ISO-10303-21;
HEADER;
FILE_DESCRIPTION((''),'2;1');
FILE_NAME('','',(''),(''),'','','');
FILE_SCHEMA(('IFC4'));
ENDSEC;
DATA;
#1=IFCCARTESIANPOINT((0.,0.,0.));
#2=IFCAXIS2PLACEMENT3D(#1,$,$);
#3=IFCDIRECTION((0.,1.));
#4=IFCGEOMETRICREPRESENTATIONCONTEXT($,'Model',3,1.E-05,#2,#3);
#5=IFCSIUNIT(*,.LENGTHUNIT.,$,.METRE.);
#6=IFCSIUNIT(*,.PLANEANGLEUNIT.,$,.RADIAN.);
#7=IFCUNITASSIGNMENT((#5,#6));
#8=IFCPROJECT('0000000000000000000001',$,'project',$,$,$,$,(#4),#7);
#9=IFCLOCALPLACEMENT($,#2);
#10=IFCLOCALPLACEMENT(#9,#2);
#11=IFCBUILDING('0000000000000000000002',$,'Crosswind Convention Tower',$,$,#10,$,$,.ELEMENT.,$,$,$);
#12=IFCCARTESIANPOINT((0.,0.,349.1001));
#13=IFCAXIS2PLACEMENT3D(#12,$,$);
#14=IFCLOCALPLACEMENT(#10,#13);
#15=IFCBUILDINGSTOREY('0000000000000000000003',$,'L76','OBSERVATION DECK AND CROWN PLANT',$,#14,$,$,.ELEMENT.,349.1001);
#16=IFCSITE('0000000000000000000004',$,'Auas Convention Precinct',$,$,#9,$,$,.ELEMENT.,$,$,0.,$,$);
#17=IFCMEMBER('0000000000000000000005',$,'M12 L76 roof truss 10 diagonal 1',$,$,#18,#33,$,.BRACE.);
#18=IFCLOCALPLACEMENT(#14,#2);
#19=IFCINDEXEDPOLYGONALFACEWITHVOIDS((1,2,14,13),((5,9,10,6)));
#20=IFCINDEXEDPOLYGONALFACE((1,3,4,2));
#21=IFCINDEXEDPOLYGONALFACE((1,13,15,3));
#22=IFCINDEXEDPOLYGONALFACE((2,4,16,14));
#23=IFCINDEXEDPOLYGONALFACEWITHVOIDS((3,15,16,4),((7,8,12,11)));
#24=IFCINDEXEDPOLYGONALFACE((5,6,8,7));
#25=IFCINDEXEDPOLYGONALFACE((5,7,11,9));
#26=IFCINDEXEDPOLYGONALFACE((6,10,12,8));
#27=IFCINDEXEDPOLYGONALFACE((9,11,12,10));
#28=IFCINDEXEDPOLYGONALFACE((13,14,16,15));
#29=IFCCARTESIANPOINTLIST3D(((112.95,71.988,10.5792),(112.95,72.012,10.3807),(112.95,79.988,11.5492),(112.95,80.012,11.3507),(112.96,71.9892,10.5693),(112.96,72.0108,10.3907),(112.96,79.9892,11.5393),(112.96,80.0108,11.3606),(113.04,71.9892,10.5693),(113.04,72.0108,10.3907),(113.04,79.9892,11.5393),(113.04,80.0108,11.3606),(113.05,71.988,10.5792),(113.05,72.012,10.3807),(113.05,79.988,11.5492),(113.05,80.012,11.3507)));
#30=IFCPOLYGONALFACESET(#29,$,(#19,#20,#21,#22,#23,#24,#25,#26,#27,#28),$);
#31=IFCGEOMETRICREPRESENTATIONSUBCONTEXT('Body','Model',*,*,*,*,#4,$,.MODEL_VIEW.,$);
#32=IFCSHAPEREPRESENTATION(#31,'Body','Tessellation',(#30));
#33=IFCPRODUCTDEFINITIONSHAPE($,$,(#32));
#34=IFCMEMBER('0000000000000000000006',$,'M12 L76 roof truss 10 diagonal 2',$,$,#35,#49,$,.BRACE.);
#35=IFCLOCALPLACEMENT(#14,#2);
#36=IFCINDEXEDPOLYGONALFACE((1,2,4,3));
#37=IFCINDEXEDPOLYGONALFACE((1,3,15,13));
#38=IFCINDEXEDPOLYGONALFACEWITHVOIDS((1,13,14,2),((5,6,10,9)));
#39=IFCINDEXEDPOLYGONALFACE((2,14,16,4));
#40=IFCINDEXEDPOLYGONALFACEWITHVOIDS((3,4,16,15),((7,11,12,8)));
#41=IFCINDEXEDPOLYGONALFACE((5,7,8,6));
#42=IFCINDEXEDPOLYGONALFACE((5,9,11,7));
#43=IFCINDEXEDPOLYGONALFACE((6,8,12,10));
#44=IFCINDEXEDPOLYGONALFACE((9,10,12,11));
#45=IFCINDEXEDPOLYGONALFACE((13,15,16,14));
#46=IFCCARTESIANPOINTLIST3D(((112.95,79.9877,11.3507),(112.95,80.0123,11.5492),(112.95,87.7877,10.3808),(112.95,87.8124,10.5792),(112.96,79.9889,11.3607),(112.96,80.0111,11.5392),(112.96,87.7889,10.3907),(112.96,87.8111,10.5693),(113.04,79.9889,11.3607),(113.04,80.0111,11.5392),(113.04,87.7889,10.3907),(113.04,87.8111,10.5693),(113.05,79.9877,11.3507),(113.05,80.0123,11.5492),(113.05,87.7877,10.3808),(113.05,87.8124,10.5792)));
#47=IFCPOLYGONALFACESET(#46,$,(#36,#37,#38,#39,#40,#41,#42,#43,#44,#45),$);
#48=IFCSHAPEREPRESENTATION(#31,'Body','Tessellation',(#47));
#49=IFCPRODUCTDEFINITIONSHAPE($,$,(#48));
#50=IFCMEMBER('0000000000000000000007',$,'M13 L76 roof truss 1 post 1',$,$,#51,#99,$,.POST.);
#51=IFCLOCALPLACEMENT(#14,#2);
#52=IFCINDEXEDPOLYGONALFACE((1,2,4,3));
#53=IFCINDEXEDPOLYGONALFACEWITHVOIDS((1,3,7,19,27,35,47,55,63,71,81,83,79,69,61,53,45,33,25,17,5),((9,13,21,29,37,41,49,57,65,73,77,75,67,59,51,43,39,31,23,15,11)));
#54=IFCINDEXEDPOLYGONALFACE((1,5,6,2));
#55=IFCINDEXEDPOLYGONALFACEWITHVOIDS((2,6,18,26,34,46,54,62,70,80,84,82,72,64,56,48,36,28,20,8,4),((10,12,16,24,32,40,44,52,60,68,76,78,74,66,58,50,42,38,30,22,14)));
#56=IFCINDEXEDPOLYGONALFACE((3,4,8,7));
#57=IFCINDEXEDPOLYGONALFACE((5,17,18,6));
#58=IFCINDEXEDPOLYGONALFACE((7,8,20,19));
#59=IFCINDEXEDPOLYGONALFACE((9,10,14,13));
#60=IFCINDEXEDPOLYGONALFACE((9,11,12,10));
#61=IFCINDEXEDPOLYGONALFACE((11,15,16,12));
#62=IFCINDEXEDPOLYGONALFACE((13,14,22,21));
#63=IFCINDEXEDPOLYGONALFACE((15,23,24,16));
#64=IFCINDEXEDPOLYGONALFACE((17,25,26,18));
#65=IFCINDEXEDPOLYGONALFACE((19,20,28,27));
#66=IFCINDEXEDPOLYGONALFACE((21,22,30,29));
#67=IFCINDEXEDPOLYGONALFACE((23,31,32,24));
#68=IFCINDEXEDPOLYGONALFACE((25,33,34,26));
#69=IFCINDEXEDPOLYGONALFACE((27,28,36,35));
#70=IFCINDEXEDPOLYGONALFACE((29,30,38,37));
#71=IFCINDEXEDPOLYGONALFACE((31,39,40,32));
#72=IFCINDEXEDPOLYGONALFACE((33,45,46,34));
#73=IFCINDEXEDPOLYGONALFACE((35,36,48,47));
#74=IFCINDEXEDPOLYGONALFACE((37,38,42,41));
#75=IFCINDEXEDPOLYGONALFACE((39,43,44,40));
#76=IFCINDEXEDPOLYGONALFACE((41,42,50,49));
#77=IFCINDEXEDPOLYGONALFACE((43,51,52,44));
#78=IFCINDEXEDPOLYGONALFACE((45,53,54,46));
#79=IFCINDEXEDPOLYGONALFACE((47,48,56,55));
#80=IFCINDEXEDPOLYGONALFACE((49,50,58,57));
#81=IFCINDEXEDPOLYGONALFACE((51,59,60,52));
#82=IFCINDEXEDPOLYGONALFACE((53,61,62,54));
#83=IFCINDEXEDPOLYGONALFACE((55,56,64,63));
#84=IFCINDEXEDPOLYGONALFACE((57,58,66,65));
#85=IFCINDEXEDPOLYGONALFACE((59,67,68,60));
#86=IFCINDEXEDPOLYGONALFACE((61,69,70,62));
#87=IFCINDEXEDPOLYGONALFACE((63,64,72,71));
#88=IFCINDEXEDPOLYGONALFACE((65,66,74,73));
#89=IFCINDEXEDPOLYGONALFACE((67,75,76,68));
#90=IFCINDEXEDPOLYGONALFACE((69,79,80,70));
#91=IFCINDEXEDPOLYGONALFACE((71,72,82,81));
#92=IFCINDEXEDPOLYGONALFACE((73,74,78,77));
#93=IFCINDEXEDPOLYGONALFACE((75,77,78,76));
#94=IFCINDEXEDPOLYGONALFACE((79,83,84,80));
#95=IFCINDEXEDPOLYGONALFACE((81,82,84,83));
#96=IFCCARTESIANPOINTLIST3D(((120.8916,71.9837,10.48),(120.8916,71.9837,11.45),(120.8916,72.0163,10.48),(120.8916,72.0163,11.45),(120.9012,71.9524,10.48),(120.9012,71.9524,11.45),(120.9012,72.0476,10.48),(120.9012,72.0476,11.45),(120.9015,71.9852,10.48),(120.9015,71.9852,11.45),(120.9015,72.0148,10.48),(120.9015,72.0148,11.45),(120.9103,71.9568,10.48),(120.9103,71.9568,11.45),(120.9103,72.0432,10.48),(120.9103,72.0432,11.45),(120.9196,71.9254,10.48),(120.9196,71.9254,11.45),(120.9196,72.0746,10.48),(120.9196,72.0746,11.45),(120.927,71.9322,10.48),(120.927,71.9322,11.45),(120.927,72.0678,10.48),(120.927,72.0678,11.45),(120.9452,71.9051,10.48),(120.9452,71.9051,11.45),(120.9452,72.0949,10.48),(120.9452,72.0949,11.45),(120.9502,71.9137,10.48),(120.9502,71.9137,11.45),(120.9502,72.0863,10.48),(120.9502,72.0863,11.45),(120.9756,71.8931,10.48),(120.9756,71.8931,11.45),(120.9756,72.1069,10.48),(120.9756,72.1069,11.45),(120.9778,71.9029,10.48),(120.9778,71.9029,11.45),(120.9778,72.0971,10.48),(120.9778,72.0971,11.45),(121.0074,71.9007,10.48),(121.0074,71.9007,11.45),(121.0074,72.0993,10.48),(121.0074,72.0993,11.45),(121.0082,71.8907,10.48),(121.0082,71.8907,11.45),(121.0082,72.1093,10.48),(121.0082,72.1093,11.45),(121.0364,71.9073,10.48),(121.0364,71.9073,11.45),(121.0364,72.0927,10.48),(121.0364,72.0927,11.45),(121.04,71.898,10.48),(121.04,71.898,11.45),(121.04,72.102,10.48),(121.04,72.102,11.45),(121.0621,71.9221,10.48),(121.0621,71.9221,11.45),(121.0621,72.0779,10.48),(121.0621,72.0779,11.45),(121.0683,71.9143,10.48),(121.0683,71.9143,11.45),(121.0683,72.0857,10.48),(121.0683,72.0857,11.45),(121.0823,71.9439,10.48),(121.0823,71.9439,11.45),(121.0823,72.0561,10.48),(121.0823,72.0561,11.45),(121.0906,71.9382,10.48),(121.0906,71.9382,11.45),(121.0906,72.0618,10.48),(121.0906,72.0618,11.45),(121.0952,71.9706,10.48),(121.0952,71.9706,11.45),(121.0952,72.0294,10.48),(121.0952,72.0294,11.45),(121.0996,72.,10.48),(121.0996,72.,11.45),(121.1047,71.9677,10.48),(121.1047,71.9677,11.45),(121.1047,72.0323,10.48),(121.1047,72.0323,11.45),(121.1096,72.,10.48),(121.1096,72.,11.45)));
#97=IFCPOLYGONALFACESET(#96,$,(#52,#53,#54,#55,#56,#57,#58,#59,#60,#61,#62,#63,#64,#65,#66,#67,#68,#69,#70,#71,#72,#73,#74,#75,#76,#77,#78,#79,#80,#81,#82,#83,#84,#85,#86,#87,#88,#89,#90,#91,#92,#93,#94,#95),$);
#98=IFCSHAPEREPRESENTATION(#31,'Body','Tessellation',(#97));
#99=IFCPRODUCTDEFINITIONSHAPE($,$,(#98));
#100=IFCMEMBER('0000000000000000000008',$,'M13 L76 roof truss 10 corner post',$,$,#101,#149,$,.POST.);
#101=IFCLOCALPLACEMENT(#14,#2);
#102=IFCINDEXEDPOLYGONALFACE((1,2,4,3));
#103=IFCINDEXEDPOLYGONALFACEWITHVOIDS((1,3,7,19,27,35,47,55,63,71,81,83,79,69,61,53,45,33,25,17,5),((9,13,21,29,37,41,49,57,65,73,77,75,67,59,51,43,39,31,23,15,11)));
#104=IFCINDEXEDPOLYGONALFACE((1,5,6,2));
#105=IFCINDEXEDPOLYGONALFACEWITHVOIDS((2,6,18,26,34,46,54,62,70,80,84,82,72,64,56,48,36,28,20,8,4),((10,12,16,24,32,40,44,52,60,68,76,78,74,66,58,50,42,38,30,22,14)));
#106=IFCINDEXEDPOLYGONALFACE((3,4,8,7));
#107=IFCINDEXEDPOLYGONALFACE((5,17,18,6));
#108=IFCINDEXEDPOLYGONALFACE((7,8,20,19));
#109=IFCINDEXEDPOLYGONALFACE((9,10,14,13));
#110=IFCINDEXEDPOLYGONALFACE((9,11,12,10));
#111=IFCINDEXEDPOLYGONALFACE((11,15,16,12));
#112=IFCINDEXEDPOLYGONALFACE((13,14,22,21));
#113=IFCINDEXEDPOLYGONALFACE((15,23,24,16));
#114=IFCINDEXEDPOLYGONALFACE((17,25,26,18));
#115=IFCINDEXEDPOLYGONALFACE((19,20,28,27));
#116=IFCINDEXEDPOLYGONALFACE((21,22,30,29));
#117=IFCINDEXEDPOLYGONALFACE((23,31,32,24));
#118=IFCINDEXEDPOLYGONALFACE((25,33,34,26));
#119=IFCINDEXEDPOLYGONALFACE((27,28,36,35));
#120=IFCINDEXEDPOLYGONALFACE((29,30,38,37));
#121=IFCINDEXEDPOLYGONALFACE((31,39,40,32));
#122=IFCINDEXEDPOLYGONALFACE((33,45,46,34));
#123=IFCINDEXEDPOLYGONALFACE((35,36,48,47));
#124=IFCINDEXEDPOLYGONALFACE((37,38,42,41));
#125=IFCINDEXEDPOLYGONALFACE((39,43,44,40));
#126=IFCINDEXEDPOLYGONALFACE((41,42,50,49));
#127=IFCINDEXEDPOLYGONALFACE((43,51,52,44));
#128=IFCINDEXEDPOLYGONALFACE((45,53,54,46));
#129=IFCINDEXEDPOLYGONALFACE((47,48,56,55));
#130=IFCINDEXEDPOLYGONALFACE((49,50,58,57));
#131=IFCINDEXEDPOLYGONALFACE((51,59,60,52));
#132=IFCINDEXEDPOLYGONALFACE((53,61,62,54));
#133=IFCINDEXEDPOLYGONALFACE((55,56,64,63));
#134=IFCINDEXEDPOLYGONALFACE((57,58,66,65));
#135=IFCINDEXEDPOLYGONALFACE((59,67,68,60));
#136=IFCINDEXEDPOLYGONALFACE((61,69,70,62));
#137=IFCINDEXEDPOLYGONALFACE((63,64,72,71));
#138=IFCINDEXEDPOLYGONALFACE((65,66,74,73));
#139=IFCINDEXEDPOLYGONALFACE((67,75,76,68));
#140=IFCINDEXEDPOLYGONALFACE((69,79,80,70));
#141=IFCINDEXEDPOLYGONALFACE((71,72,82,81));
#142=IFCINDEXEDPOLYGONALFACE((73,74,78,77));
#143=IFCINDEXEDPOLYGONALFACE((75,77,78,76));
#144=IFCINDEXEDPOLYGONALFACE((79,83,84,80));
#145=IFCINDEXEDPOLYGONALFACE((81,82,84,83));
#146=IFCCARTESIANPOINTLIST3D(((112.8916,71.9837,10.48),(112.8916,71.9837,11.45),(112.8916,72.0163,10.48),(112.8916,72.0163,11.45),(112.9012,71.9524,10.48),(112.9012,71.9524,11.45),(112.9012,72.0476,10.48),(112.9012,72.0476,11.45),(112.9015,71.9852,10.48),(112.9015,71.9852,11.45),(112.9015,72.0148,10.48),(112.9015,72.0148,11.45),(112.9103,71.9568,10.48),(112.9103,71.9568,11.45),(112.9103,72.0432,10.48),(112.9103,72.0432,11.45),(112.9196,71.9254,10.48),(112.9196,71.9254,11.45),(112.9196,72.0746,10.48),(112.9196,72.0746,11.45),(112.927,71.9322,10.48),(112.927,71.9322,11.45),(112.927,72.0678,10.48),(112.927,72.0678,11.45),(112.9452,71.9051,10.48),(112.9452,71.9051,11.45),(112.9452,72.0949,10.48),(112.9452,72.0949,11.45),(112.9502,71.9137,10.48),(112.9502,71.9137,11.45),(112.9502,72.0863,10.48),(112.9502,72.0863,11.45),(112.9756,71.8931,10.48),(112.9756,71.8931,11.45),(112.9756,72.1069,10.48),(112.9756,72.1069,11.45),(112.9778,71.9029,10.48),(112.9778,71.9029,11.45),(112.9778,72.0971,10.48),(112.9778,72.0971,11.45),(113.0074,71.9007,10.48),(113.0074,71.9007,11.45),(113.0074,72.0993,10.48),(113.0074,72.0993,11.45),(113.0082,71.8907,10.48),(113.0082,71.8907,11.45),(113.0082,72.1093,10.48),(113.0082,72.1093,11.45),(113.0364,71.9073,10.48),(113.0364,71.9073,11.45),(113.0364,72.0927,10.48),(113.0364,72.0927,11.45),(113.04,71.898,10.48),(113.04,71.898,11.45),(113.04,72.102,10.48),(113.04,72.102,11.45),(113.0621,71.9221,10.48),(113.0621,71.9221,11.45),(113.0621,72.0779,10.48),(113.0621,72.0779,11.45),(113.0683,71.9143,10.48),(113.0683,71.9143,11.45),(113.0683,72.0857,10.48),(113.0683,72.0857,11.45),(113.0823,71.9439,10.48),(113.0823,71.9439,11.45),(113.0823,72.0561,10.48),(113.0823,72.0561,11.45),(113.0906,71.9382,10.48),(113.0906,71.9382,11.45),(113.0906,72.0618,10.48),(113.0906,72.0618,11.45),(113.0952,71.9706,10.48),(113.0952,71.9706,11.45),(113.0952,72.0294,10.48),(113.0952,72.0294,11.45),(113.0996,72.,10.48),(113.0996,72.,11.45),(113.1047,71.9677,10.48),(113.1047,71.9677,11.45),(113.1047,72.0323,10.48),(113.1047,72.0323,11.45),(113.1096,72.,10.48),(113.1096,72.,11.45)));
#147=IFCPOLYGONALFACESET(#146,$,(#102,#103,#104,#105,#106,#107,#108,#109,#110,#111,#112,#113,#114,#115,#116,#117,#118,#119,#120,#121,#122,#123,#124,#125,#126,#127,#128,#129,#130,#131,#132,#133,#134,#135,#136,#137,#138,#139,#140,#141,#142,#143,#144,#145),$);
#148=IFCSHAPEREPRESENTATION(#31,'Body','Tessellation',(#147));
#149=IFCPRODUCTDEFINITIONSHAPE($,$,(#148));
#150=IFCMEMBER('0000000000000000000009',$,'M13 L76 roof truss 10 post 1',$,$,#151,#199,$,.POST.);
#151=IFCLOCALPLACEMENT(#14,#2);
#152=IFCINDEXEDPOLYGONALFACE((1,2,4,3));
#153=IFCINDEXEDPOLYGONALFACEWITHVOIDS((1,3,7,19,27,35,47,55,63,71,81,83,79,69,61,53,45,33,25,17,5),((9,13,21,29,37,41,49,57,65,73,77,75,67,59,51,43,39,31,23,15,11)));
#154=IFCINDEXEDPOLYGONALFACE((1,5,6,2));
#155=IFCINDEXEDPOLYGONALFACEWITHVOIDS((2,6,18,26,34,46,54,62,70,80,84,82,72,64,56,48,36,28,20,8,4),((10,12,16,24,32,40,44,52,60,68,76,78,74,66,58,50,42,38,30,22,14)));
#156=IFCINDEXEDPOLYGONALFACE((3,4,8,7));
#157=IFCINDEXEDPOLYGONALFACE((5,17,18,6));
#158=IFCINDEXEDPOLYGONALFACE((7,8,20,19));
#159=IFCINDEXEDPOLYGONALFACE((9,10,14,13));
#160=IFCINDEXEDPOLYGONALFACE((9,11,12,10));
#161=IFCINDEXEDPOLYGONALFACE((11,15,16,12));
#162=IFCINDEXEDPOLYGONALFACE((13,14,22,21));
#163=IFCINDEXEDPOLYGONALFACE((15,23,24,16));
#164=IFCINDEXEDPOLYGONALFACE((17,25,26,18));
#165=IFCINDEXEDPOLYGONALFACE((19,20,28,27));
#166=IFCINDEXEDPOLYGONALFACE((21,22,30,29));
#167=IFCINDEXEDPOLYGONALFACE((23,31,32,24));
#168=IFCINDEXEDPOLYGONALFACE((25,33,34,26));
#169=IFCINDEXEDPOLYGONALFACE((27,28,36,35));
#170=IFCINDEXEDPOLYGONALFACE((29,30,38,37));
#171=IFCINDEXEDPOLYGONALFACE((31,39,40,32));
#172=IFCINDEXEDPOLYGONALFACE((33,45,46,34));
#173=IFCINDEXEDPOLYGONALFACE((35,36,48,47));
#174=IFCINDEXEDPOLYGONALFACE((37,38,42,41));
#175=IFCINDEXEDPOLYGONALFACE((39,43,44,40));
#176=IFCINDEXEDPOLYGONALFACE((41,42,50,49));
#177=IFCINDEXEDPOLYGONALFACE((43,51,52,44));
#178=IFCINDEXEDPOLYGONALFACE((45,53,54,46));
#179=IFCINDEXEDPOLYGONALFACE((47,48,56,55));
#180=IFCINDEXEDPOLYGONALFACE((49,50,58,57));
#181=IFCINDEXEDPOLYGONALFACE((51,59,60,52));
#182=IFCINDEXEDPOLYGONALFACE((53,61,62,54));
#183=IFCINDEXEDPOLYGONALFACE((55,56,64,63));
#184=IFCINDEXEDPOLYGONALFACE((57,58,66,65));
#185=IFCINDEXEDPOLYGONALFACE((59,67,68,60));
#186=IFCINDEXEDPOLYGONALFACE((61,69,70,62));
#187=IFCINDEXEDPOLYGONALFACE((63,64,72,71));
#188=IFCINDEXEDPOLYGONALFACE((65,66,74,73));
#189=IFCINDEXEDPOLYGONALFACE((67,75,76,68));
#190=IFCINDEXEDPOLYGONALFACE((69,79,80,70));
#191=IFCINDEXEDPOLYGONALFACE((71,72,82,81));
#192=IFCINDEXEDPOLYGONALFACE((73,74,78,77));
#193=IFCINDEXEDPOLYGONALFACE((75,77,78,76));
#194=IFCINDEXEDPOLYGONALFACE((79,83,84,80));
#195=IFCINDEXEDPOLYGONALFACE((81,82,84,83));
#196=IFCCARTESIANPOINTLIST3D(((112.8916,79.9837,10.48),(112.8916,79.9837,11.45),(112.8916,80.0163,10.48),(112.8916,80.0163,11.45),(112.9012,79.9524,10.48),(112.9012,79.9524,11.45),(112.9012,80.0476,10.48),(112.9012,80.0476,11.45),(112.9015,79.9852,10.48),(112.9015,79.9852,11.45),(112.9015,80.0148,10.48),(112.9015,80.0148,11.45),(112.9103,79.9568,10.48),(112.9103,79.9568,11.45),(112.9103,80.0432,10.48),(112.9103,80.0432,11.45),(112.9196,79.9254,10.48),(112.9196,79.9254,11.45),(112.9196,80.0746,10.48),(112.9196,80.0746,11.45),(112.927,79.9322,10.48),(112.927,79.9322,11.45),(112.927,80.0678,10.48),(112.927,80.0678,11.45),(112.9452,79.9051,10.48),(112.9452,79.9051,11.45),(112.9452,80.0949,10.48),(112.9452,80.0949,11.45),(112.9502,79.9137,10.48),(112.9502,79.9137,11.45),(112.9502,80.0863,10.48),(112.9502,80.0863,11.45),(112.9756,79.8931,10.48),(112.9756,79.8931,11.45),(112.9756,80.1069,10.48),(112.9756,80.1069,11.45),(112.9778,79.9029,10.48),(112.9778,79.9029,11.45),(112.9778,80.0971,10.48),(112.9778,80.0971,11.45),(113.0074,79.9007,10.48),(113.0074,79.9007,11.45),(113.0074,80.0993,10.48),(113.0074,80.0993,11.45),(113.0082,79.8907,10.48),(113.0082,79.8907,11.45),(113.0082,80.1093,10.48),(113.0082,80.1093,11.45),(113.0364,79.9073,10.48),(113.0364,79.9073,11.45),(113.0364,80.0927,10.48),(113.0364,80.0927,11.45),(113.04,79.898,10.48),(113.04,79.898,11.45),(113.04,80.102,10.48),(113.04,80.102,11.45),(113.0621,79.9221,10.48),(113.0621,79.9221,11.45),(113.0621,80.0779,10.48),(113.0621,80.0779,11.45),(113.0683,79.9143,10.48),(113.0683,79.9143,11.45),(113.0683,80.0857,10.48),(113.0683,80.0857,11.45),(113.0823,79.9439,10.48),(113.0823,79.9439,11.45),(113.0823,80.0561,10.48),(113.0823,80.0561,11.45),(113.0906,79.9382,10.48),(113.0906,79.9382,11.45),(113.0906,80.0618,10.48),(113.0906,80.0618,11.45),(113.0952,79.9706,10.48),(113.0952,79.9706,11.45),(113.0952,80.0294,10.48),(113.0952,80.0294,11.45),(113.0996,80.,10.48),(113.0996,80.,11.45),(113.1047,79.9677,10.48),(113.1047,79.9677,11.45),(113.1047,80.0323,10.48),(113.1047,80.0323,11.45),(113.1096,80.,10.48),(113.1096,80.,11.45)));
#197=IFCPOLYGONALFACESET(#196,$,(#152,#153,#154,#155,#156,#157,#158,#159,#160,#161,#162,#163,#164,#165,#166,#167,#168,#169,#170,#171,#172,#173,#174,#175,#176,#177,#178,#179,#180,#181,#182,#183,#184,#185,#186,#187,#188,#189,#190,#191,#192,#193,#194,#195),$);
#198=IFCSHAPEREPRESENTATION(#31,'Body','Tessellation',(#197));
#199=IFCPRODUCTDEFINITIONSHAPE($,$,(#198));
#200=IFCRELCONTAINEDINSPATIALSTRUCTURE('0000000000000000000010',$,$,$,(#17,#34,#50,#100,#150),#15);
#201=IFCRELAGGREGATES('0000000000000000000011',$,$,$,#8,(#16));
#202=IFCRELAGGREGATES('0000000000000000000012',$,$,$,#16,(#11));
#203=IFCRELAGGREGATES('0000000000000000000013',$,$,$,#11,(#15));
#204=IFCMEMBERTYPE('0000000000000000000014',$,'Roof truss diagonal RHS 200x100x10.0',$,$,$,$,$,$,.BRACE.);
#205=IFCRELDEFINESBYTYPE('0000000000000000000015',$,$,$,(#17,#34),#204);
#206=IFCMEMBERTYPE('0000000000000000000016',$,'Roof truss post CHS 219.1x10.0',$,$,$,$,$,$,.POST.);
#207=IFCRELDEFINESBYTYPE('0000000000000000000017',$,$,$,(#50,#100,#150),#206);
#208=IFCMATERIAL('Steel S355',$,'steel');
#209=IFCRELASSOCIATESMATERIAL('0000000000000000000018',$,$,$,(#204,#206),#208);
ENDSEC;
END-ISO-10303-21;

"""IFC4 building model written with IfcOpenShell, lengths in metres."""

from ifc_helpers import new_model, si_unit, direction, frame, origin, origin_2d, place, context, subcontext, project, spatial, hollow_rectangle, hollow_circle, extrude, material, material_profile, profile_set, type_object, element, save


model = new_model("IFC4")

# Units and contexts
model_context = context("Model", 3, precision=1e-05, world=origin(), true_north=direction((0.0, 1.0)))
body_context = subcontext(model_context, "Body", "Model", "MODEL_VIEW")
ifc_project = project(units=[si_unit("LENGTHUNIT", "METRE"), si_unit("PLANEANGLEUNIT", "RADIAN")], contexts=[model_context])

# Site, building, storey
site_placement = place(None, origin())
site = spatial("IfcSite", under=ifc_project, at=site_placement, Name="Auas Convention Precinct", CompositionType="ELEMENT", RefElevation=0.0)
building_placement = place(site_placement, origin())
building = spatial("IfcBuilding", under=site, at=building_placement, Name="Crosswind Convention Tower", CompositionType="ELEMENT")
storey_placement = place(building_placement, frame((0.0, 0.0, 349.1001)))
storey = spatial("IfcBuildingStorey", under=building, at=storey_placement, Name="L76", Description="OBSERVATION DECK AND CROWN PLANT", CompositionType="ELEMENT", Elevation=349.1001)

# Shared definitions
ifc_material_1 = material(Name="Steel S355", Category="steel")

# Members
ifc_material_profile_1 = material_profile(ifc_material_1, hollow_rectangle(XDim=0.1001, YDim=0.2, WallThickness=0.01, at=origin_2d()), Name="RHS 200x100x10.0")
ifc_profile_set_1 = profile_set([ifc_material_profile_1], Name="Steel S355")
member_type_1 = type_object("IfcMemberType", Name="Roof truss diagonal RHS 200x100x10.0", PredefinedType="BRACE", material=ifc_profile_set_1)
for number, where, z_axis, x_axis, name in (
    (1, (113.0, 72.0, 10.48), (0.0, 0.99273, 0.120365), (-1.0, 0.0, 0.0), "M12 L76 roof truss 10 diagonal 1"),
):
    element("IfcMember", number, at=place(storey_placement, frame(where, z_axis=z_axis, x_axis=x_axis)), inside=storey, type_object=member_type_1, Name=name, PredefinedType="BRACE", context=body_context, shape_type="SweptSolid", body=[
        extrude(hollow_rectangle(XDim=0.1001, YDim=0.2, WallThickness=0.01, at=origin_2d()), origin(), (0.0, 0.0, 1.0), 8.0586),
    ])
member_1_placement = place(storey_placement, frame((113.0, 80.0, 11.45), z_axis=(0.0, 0.992357, -0.123404), x_axis=(-1.0, 0.0, 0.0)))
element("IfcMember", 2, at=member_1_placement, inside=storey, type_object=member_type_1, Name="M12 L76 roof truss 10 diagonal 2", PredefinedType="BRACE", context=body_context, shape_type="SweptSolid", body=[
    extrude(hollow_rectangle(XDim=0.1001, YDim=0.2, WallThickness=0.01, at=origin_2d()), origin(), (0.0, 0.0, 1.0), 7.8601),
])
ifc_material_profile_2 = material_profile(ifc_material_1, hollow_circle(Radius=0.1096, WallThickness=0.01, at=origin_2d()), Name="CHS 219.1x10.0")
ifc_profile_set_2 = profile_set([ifc_material_profile_2], Name="Steel S355")
member_type_2 = type_object("IfcMemberType", Name="Roof truss post CHS 219.1x10.0", PredefinedType="POST", material=ifc_profile_set_2)
for number, where, z_axis, x_axis, name in (
    (3, (121.0, 72.0, 10.48), (0.0, 0.0, 1.0), (1.0, 0.0, 0.0), "M13 L76 roof truss 1 post 1"),
    (4, (113.0, 72.0, 10.48), (0.0, 0.0, 1.0), (1.0, 0.0, 0.0), "M13 L76 roof truss 10 corner post"),
    (5, (113.0, 80.0, 10.48), (0.0, 0.0, 1.0), (1.0, 0.0, 0.0), "M13 L76 roof truss 10 post 1"),
):
    element("IfcMember", number, at=place(storey_placement, frame(where, z_axis=z_axis, x_axis=x_axis)), inside=storey, type_object=member_type_2, Name=name, PredefinedType="POST", context=body_context, shape_type="SweptSolid", body=[
        extrude(hollow_circle(Radius=0.1096, WallThickness=0.01, at=origin_2d()), origin(), (0.0, 0.0, 1.0), 0.97),
    ])

save(model, "model.ifc")
